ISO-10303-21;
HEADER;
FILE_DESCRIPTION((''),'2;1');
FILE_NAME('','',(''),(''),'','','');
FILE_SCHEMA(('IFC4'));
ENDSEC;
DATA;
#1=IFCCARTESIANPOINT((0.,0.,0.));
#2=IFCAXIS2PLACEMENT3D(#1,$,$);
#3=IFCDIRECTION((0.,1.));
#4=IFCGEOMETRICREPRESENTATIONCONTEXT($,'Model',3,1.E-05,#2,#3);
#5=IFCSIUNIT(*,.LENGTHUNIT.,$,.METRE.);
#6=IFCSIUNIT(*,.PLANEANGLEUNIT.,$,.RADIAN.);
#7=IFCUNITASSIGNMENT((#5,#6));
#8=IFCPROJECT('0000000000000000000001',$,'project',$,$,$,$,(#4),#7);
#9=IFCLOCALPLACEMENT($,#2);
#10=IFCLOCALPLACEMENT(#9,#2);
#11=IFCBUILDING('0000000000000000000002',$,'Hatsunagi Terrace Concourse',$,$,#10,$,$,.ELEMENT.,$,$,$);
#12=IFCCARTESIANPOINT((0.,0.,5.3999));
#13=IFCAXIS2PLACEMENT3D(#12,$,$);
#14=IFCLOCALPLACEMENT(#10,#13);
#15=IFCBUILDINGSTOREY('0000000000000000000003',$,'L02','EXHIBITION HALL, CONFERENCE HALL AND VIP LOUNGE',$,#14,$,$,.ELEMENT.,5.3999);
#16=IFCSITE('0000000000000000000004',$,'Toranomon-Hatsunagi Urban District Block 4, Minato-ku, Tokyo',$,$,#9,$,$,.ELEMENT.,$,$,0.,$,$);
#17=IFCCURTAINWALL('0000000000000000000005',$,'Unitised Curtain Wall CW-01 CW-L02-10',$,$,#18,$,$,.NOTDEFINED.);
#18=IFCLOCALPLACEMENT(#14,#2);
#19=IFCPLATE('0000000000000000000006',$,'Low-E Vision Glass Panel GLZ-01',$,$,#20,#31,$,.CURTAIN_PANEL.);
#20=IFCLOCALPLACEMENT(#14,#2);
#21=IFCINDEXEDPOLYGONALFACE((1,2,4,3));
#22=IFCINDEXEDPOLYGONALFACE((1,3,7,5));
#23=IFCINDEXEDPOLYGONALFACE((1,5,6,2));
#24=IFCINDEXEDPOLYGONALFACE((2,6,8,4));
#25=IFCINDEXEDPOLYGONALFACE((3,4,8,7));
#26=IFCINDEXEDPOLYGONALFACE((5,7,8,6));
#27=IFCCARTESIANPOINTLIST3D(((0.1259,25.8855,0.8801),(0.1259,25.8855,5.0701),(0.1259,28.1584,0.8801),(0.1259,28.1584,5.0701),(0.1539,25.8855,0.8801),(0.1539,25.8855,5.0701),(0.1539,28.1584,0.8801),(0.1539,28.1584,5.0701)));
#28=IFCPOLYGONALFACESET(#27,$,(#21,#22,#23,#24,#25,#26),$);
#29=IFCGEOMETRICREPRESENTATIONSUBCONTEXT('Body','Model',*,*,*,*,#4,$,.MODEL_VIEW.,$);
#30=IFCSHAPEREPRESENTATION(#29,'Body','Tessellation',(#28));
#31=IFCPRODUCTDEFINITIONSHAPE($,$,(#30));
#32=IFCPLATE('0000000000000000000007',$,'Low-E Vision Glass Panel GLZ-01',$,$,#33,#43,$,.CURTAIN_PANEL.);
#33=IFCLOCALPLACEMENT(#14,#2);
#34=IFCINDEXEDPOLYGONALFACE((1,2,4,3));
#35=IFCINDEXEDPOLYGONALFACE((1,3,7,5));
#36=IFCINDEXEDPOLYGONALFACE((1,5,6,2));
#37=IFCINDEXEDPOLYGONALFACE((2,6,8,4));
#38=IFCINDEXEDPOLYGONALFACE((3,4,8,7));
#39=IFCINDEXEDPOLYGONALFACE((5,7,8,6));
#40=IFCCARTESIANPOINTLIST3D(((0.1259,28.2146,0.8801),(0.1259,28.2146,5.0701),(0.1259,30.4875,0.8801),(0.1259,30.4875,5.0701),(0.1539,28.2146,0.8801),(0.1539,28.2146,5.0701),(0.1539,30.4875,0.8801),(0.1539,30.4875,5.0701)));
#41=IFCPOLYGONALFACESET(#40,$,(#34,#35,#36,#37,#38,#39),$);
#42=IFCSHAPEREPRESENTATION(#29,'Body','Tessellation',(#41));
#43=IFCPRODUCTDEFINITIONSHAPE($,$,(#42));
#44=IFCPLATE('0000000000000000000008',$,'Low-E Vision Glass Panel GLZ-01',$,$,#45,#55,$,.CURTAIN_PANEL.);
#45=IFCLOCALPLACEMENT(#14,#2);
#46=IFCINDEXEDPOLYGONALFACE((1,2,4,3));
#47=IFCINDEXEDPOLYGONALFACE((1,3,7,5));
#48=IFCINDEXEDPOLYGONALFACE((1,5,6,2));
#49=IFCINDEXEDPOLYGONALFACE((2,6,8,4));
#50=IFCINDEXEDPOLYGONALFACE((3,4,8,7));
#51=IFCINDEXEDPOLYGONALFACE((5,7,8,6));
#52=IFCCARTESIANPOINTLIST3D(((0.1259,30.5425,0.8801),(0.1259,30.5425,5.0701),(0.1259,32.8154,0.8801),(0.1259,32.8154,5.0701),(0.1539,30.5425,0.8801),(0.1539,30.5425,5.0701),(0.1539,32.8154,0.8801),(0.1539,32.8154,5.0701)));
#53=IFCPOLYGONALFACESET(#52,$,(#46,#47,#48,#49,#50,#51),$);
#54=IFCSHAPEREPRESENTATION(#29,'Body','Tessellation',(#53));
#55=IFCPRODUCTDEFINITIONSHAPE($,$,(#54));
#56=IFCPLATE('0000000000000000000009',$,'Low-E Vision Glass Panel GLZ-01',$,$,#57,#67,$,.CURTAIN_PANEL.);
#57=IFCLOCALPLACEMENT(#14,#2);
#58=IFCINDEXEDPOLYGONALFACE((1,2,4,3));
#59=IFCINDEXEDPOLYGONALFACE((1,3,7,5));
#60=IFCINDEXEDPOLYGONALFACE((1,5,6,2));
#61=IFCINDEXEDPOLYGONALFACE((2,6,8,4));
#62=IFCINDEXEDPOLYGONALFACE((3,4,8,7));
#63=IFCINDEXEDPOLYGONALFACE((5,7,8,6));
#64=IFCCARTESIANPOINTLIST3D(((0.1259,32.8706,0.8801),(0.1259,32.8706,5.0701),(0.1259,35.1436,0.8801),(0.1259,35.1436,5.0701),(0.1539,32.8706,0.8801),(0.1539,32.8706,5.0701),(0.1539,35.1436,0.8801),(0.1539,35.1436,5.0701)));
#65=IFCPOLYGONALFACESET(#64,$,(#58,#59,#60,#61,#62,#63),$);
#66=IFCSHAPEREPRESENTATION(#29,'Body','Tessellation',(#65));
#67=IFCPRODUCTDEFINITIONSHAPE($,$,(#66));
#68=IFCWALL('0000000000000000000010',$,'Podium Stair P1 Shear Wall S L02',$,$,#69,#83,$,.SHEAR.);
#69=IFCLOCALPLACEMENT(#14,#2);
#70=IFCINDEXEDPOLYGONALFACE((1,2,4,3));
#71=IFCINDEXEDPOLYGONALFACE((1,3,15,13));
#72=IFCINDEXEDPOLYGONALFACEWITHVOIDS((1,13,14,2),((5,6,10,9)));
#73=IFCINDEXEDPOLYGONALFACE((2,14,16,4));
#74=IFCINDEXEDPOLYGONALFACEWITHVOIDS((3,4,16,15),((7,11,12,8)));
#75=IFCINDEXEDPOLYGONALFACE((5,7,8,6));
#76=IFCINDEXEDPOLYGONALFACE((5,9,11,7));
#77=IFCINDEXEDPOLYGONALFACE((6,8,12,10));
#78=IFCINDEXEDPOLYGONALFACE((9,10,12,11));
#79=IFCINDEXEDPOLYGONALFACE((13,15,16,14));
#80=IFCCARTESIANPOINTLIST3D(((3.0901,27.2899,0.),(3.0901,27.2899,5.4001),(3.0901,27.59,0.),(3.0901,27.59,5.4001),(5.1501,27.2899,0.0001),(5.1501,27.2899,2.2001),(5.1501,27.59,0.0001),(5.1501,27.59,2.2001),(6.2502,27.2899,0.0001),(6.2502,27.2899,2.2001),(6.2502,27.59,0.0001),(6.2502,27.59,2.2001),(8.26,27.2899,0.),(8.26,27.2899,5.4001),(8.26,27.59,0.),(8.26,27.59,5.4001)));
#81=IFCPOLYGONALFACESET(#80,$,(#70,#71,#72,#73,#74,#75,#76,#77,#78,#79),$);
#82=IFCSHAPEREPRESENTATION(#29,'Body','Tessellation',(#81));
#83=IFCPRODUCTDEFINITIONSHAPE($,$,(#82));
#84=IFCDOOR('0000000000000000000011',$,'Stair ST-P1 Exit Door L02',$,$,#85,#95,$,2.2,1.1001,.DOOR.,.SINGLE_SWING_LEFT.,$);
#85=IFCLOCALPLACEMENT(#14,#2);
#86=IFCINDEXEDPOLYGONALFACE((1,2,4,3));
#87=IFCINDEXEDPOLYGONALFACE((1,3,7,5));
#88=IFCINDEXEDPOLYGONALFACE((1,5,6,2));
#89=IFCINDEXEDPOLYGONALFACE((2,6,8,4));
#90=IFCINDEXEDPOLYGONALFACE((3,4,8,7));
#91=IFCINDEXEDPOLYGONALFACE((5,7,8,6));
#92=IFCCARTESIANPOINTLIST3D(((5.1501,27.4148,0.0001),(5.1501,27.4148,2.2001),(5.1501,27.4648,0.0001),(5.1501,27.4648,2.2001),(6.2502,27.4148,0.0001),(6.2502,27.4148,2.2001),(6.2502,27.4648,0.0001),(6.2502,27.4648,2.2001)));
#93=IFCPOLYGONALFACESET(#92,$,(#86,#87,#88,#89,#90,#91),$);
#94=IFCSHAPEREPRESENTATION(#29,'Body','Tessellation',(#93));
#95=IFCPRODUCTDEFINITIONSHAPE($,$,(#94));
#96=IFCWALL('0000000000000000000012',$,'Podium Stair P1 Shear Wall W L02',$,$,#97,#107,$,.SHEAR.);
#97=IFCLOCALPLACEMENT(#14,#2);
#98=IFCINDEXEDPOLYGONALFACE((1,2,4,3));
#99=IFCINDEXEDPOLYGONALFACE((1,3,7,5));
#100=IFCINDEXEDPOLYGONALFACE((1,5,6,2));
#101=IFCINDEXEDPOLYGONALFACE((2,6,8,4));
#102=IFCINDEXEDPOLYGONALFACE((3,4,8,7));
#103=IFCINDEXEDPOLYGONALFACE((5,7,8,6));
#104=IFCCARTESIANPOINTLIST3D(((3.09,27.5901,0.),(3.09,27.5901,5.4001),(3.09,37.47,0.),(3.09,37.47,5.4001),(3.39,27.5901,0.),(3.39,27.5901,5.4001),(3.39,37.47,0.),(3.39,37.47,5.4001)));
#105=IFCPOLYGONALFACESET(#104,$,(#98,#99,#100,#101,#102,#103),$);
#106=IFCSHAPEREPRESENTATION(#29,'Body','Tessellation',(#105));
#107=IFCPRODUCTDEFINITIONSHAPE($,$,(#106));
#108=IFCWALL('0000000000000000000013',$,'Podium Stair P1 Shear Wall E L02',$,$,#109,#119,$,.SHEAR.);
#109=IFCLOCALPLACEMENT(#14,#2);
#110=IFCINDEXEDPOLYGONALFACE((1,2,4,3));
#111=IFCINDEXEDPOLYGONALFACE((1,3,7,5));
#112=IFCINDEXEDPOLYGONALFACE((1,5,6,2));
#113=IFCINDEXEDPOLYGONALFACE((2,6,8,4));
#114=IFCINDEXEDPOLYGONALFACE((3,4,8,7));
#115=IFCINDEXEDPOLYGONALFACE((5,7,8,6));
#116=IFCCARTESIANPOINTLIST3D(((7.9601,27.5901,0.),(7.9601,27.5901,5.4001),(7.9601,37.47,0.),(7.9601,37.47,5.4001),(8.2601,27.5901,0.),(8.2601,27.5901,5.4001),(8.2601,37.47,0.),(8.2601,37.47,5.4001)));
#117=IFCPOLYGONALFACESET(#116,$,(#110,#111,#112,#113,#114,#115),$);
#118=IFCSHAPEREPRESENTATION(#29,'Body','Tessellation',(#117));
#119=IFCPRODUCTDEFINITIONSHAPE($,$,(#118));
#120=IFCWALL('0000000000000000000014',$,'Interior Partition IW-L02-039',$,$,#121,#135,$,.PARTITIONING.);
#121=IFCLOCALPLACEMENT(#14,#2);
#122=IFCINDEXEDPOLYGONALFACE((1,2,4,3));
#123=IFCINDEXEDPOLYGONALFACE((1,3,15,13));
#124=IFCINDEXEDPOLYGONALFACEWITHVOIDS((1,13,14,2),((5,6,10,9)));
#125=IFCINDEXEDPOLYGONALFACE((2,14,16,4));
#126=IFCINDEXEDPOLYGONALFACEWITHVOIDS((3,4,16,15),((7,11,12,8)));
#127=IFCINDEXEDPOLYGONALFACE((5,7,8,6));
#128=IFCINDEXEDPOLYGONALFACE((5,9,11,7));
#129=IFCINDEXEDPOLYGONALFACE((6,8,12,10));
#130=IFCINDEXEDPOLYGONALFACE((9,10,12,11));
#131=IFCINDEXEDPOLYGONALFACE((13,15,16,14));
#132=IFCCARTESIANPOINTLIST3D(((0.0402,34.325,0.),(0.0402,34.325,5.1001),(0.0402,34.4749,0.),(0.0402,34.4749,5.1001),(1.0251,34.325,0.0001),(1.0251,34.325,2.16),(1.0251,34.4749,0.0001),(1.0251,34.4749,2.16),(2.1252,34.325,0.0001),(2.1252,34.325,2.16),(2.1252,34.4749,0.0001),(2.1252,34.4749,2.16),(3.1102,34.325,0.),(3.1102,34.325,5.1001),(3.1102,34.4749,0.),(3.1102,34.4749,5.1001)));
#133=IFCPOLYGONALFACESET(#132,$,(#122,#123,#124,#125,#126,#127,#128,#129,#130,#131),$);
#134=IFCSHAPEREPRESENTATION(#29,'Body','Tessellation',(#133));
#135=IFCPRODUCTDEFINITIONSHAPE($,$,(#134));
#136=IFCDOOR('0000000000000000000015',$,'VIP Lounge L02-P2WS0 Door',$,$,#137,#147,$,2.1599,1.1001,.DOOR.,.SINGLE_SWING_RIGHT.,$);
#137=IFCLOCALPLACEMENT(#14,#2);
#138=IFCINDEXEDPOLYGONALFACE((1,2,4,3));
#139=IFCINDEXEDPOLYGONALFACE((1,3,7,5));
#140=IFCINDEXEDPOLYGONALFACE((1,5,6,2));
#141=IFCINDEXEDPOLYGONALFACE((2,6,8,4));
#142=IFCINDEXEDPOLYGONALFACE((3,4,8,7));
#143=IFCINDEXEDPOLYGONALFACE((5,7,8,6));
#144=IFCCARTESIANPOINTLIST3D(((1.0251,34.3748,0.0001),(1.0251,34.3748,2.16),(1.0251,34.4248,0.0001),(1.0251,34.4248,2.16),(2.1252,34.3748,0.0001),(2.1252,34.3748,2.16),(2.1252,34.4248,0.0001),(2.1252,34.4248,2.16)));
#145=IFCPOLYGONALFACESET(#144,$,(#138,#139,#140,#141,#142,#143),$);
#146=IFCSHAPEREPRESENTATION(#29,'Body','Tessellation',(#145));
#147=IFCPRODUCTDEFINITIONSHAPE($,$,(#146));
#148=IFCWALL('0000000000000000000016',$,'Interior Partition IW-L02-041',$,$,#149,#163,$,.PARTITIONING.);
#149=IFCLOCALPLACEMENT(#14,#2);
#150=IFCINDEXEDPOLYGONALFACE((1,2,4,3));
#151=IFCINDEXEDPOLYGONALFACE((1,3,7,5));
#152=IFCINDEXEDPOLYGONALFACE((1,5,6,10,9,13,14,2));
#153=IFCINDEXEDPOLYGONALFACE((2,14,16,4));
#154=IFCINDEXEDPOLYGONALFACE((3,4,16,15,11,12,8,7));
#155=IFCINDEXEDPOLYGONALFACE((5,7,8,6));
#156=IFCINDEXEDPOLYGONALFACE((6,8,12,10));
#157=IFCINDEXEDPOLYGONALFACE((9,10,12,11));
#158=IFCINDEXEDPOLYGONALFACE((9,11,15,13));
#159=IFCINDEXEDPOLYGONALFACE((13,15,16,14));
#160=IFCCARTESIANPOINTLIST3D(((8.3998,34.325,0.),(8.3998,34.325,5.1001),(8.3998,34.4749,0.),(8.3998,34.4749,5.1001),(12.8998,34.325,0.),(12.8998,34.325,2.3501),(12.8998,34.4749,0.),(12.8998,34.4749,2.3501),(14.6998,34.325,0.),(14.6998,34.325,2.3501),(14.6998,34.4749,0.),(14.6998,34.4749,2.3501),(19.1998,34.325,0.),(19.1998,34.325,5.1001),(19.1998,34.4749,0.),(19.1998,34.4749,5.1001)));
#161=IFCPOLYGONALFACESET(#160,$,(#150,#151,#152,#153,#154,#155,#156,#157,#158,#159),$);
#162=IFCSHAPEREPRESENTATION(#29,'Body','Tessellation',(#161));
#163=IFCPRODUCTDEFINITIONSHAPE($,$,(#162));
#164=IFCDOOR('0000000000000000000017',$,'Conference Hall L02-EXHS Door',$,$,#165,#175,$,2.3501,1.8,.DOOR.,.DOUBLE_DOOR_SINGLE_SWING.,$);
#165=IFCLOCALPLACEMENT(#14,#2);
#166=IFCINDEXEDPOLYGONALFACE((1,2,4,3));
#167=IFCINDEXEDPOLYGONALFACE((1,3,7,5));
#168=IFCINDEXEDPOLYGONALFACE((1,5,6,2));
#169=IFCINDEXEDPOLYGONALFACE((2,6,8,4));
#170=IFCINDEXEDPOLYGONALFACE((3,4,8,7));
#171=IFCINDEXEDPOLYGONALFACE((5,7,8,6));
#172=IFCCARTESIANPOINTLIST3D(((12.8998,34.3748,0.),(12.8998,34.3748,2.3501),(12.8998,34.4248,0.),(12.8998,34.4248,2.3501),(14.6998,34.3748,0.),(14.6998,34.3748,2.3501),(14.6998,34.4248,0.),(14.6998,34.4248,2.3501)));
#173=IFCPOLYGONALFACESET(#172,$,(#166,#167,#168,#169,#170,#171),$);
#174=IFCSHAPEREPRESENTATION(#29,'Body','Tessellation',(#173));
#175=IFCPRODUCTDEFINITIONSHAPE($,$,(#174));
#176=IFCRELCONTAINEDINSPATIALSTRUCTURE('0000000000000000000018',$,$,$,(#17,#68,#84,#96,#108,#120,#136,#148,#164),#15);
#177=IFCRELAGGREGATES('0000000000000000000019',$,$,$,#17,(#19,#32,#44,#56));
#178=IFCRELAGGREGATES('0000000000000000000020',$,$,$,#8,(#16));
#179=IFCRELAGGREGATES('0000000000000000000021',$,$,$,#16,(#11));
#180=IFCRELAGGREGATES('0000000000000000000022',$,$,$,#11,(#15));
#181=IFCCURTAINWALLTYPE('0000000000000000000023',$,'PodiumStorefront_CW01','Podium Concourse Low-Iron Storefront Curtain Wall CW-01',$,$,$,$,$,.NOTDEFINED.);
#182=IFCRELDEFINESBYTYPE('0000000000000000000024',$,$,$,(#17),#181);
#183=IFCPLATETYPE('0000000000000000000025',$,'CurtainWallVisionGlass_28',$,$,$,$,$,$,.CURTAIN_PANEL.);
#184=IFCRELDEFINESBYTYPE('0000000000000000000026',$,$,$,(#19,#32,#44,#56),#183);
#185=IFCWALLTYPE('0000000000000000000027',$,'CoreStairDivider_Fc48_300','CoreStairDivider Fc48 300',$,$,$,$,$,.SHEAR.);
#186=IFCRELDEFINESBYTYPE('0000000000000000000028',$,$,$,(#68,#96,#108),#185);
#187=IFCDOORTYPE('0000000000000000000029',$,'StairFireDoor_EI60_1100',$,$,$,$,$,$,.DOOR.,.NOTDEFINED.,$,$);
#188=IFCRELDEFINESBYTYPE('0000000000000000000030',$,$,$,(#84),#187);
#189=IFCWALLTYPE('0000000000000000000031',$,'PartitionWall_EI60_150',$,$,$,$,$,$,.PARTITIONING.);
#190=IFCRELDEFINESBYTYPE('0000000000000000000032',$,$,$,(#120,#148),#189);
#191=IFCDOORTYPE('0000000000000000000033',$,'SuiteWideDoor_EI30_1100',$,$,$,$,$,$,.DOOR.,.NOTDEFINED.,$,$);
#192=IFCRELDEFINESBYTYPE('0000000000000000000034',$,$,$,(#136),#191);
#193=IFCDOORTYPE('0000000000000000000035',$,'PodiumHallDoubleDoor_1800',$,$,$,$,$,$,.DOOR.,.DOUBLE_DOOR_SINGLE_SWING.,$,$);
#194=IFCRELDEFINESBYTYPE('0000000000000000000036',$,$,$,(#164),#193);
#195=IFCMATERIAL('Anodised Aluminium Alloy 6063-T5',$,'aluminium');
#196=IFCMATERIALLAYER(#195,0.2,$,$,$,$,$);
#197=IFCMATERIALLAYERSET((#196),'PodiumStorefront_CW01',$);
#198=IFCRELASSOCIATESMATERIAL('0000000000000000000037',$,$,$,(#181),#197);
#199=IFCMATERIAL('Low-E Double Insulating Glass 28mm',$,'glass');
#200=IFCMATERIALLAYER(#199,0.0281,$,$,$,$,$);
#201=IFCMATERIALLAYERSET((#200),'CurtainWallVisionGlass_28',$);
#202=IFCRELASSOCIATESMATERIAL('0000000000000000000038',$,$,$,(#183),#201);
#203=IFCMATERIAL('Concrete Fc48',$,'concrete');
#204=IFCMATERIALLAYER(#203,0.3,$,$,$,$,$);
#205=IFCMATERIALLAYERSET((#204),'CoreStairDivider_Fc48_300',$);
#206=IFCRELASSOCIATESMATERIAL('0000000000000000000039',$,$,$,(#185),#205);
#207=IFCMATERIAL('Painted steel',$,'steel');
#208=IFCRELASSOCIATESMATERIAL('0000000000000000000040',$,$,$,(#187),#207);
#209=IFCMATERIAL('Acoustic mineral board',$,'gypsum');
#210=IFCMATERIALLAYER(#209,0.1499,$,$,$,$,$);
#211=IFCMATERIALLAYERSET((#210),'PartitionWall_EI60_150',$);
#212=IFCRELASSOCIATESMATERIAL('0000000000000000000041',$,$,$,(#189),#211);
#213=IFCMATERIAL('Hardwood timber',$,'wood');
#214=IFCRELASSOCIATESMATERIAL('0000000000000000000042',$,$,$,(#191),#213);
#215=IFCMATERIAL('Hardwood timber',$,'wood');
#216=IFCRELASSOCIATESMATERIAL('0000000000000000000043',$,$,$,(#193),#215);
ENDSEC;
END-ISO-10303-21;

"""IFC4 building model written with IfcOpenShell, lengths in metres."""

from ifc_helpers import new_model, si_unit, direction, frame, frame_2d, origin, origin_2d, place, context, subcontext, project, spatial, rectangle, extrude, material, layer, layer_set, type_object, element, fill, aggregate, save


model = new_model("IFC4")

# Units and contexts
model_context = context("Model", 3, precision=1e-05, world=origin(), true_north=direction((0.0, 1.0)))
body_context = subcontext(model_context, "Body", "Model", "MODEL_VIEW")
ifc_project = project(units=[si_unit("LENGTHUNIT", "METRE"), si_unit("PLANEANGLEUNIT", "RADIAN")], contexts=[model_context])

# Site, building, storey
site_placement = place(None, origin())
site = spatial("IfcSite", under=ifc_project, at=site_placement, Name="Toranomon-Hatsunagi Urban District Block 4, Minato-ku, Tokyo", CompositionType="ELEMENT", RefElevation=0.0)
building_placement = place(site_placement, origin())
building = spatial("IfcBuilding", under=site, at=building_placement, Name="Hatsunagi Terrace Concourse", CompositionType="ELEMENT")
storey_placement = place(building_placement, frame((0.0, 0.0, 5.3999)))
storey = spatial("IfcBuildingStorey", under=building, at=storey_placement, Name="L02", Description="EXHIBITION HALL, CONFERENCE HALL AND VIP LOUNGE", CompositionType="ELEMENT", Elevation=5.3999)

# Curtain wall, plates
ifc_material_1 = material(Name="Anodised Aluminium Alloy 6063-T5", Category="aluminium")
ifc_layer_1 = layer(ifc_material_1, 0.2)
ifc_layer_set_1 = layer_set([ifc_layer_1], Name="PodiumStorefront_CW01")
curtain_wall_type = type_object("IfcCurtainWallType", Name="PodiumStorefront_CW01", Description="Podium Concourse Low-Iron Storefront Curtain Wall CW-01", PredefinedType="NOTDEFINED", material=ifc_layer_set_1)
curtain_wall_placement = place(storey_placement, origin())
curtain_wall = element("IfcCurtainWall", 1, at=curtain_wall_placement, inside=storey, type_object=curtain_wall_type, Name="Unitised Curtain Wall CW-01 CW-L02-10", PredefinedType="NOTDEFINED")
ifc_material_2 = material(Name="Low-E Double Insulating Glass 28mm", Category="glass")
ifc_layer_2 = layer(ifc_material_2, 0.0281)
ifc_layer_set_2 = layer_set([ifc_layer_2], Name="CurtainWallVisionGlass_28")
plate_type_1 = type_object("IfcPlateType", Name="CurtainWallVisionGlass_28", PredefinedType="CURTAIN_PANEL", material=ifc_layer_set_2)
plate_1_placement = place(storey_placement, frame((0.1399, 27.022, 0.8801), z_axis=(0.0, 0.0, 1.0), x_axis=(0.0, 1.0, 0.0)))
plate_1 = element("IfcPlate", 2, at=plate_1_placement, type_object=plate_type_1, Name="Low-E Vision Glass Panel GLZ-01", PredefinedType="CURTAIN_PANEL", context=body_context, shape_type="SweptSolid", body=[
    extrude(rectangle(XDim=2.2729, YDim=0.0281, at=origin_2d()), origin(), (0.0, 0.0, 1.0), 4.1899),
])
plate_2_placement = place(storey_placement, frame((0.1399, 29.3511, 0.8801), z_axis=(0.0, 0.0, 1.0), x_axis=(0.0, 1.0, 0.0)))
plate_2 = element("IfcPlate", 3, at=plate_2_placement, type_object=plate_type_1, Name="Low-E Vision Glass Panel GLZ-01", PredefinedType="CURTAIN_PANEL", context=body_context, shape_type="SweptSolid", body=[
    extrude(rectangle(XDim=2.2729, YDim=0.0281, at=origin_2d()), origin(), (0.0, 0.0, 1.0), 4.1899),
])
plate_3_placement = place(storey_placement, frame((0.1399, 31.679, 0.8801), z_axis=(0.0, 0.0, 1.0), x_axis=(0.0, 1.0, 0.0)))
plate_3 = element("IfcPlate", 4, at=plate_3_placement, type_object=plate_type_1, Name="Low-E Vision Glass Panel GLZ-01", PredefinedType="CURTAIN_PANEL", context=body_context, shape_type="SweptSolid", body=[
    extrude(rectangle(XDim=2.2729, YDim=0.0281, at=origin_2d()), origin(), (0.0, 0.0, 1.0), 4.1899),
])
plate_4_placement = place(storey_placement, frame((0.1399, 34.0071, 0.8801), z_axis=(0.0, 0.0, 1.0), x_axis=(0.0, 1.0, 0.0)))
plate_4 = element("IfcPlate", 5, at=plate_4_placement, type_object=plate_type_1, Name="Low-E Vision Glass Panel GLZ-01", PredefinedType="CURTAIN_PANEL", context=body_context, shape_type="SweptSolid", body=[
    extrude(rectangle(XDim=2.2729, YDim=0.0281, at=origin_2d()), origin(), (0.0, 0.0, 1.0), 4.1899),
])
aggregate(curtain_wall, [plate_1, plate_2, plate_3, plate_4])

# Wall, opening, door
ifc_material_3 = material(Name="Concrete Fc48", Category="concrete")
ifc_layer_3 = layer(ifc_material_3, 0.3)
ifc_layer_set_3 = layer_set([ifc_layer_3], Name="CoreStairDivider_Fc48_300")
wall_type_1 = type_object("IfcWallType", Name="CoreStairDivider_Fc48_300", Description="CoreStairDivider Fc48 300", PredefinedType="SHEAR", material=ifc_layer_set_3)
wall_1_placement = place(storey_placement, frame((3.0901, 27.4399, 0.0), z_axis=(0.0, 0.0, 1.0), x_axis=(1.0, 0.0, 0.0)))
wall_1 = element("IfcWall", 6, at=wall_1_placement, inside=storey, type_object=wall_type_1, Name="Podium Stair P1 Shear Wall S L02", PredefinedType="SHEAR", context=body_context, shape_type="SweptSolid", body=[
    extrude(rectangle(XDim=5.1699, YDim=0.3, at=frame_2d((2.585, 0.0))), origin(), (0.0, 0.0, 1.0), 5.4001),
])
opening_1_placement = place(wall_1_placement, frame((2.0601, 0.0, 0.0)))
opening_1 = element("IfcOpeningElement", 7, at=opening_1_placement, cuts=wall_1, PredefinedType="OPENING", context=body_context, shape_type="SweptSolid", body=[
    extrude(rectangle(XDim=1.1001, YDim=2.2, at=frame_2d((0.55, 1.1001))), frame((0.0, 0.1599, 0.0), z_axis=(0.0, -1.0, 0.0), x_axis=(1.0, 0.0, 0.0)), (0.0, 0.0, 1.0), 0.3201),
])
ifc_material_4 = material(Name="Painted steel", Category="steel")
door_type_1 = type_object("IfcDoorType", Name="StairFireDoor_EI60_1100", OperationType="NOTDEFINED", PredefinedType="DOOR", material=ifc_material_4)
door_1_placement = place(opening_1_placement, origin())
door_1 = element("IfcDoor", 8, at=door_1_placement, inside=storey, type_object=door_type_1, Name="Stair ST-P1 Exit Door L02", OperationType="SINGLE_SWING_LEFT", OverallHeight=2.2, OverallWidth=1.1001, PredefinedType="DOOR", context=body_context, shape_type="SweptSolid", body=[
    extrude(rectangle(XDim=1.1001, YDim=2.2, at=frame_2d((0.55, 1.1001))), frame((0.0, 0.0249, 0.0), z_axis=(0.0, -1.0, 0.0), x_axis=(1.0, 0.0, 0.0)), (0.0, 0.0, 1.0), 0.05),
])
fill(opening_1, door_1)

# Walls
for number, where, z_axis, x_axis, name in (
    (9, (3.24, 27.5901, 0.0), (0.0, 0.0, 1.0), (0.0, 1.0, 0.0), "Podium Stair P1 Shear Wall W L02"),
    (10, (8.1101, 27.5901, 0.0), (0.0, 0.0, 1.0), (0.0, 1.0, 0.0), "Podium Stair P1 Shear Wall E L02"),
):
    element("IfcWall", number, at=place(storey_placement, frame(where, z_axis=z_axis, x_axis=x_axis)), inside=storey, type_object=wall_type_1, Name=name, PredefinedType="SHEAR", context=body_context, shape_type="SweptSolid", body=[
        extrude(rectangle(XDim=9.8799, YDim=0.3, at=frame_2d((4.9399, 0.0))), origin(), (0.0, 0.0, 1.0), 5.4001),
    ])

# Walls, openings, doors
ifc_material_5 = material(Name="Acoustic mineral board", Category="gypsum")
ifc_layer_4 = layer(ifc_material_5, 0.1499)
ifc_layer_set_4 = layer_set([ifc_layer_4], Name="PartitionWall_EI60_150")
wall_type_2 = type_object("IfcWallType", Name="PartitionWall_EI60_150", PredefinedType="PARTITIONING", material=ifc_layer_set_4)
wall_2_placement = place(storey_placement, frame((0.04, 34.3999, 0.0), z_axis=(0.0, 0.0, 1.0), x_axis=(1.0, 0.0, 0.0)))
wall_2 = element("IfcWall", 11, at=wall_2_placement, inside=storey, type_object=wall_type_2, Name="Interior Partition IW-L02-039", PredefinedType="PARTITIONING", context=body_context, shape_type="SweptSolid", body=[
    extrude(rectangle(XDim=3.0701, YDim=0.1499, at=frame_2d((1.5352, 0.0))), origin(), (0.0, 0.0, 1.0), 5.1001),
])
opening_2_placement = place(wall_2_placement, frame((0.9851, 0.0, 0.0)))
opening_2 = element("IfcOpeningElement", 12, at=opening_2_placement, cuts=wall_2, PredefinedType="OPENING", context=body_context, shape_type="SweptSolid", body=[
    extrude(rectangle(XDim=1.1001, YDim=2.1599, at=frame_2d((0.55, 1.0801))), frame((0.0, 0.085, 0.0), z_axis=(0.0, -1.0, 0.0), x_axis=(1.0, 0.0, 0.0)), (0.0, 0.0, 1.0), 0.1699),
])
ifc_material_6 = material(Name="Hardwood timber", Category="wood")
door_type_2 = type_object("IfcDoorType", Name="SuiteWideDoor_EI30_1100", OperationType="NOTDEFINED", PredefinedType="DOOR", material=ifc_material_6)
door_2_placement = place(opening_2_placement, origin())
door_2 = element("IfcDoor", 13, at=door_2_placement, inside=storey, type_object=door_type_2, Name="VIP Lounge L02-P2WS0 Door", OperationType="SINGLE_SWING_RIGHT", OverallHeight=2.1599, OverallWidth=1.1001, PredefinedType="DOOR", context=body_context, shape_type="SweptSolid", body=[
    extrude(rectangle(XDim=1.1001, YDim=2.1599, at=frame_2d((0.55, 1.0801))), frame((0.0, 0.0249, 0.0), z_axis=(0.0, -1.0, 0.0), x_axis=(1.0, 0.0, 0.0)), (0.0, 0.0, 1.0), 0.05),
])
fill(opening_2, door_2)
wall_3_placement = place(storey_placement, frame((8.3999, 34.3999, 0.0), z_axis=(0.0, 0.0, 1.0), x_axis=(1.0, 0.0, 0.0)))
wall_3 = element("IfcWall", 14, at=wall_3_placement, inside=storey, type_object=wall_type_2, Name="Interior Partition IW-L02-041", PredefinedType="PARTITIONING", context=body_context, shape_type="SweptSolid", body=[
    extrude(rectangle(XDim=10.8, YDim=0.1499, at=frame_2d((5.3999, 0.0))), origin(), (0.0, 0.0, 1.0), 5.1001),
])
opening_3_placement = place(wall_3_placement, frame((4.5, 0.0, 0.0)))
opening_3 = element("IfcOpeningElement", 15, at=opening_3_placement, cuts=wall_3, PredefinedType="OPENING", context=body_context, shape_type="SweptSolid", body=[
    extrude(rectangle(XDim=1.8, YDim=2.3501, at=frame_2d((0.8999, 1.175))), frame((0.0, 0.085, 0.0), z_axis=(0.0, -1.0, 0.0), x_axis=(1.0, 0.0, 0.0)), (0.0, 0.0, 1.0), 0.1699),
])
ifc_material_7 = material(Name="Hardwood timber", Category="wood")
door_type_3 = type_object("IfcDoorType", Name="PodiumHallDoubleDoor_1800", OperationType="DOUBLE_DOOR_SINGLE_SWING", PredefinedType="DOOR", material=ifc_material_7)
door_3_placement = place(opening_3_placement, origin())
door_3 = element("IfcDoor", 16, at=door_3_placement, inside=storey, type_object=door_type_3, Name="Conference Hall L02-EXHS Door", OperationType="DOUBLE_DOOR_SINGLE_SWING", OverallHeight=2.3501, OverallWidth=1.8, PredefinedType="DOOR", context=body_context, shape_type="SweptSolid", body=[
    extrude(rectangle(XDim=1.8, YDim=2.3501, at=frame_2d((0.8999, 1.175))), frame((0.0, 0.0249, 0.0), z_axis=(0.0, -1.0, 0.0), x_axis=(1.0, 0.0, 0.0)), (0.0, 0.0, 1.0), 0.05),
])
fill(opening_3, door_3)

save(model, "model.ifc")
